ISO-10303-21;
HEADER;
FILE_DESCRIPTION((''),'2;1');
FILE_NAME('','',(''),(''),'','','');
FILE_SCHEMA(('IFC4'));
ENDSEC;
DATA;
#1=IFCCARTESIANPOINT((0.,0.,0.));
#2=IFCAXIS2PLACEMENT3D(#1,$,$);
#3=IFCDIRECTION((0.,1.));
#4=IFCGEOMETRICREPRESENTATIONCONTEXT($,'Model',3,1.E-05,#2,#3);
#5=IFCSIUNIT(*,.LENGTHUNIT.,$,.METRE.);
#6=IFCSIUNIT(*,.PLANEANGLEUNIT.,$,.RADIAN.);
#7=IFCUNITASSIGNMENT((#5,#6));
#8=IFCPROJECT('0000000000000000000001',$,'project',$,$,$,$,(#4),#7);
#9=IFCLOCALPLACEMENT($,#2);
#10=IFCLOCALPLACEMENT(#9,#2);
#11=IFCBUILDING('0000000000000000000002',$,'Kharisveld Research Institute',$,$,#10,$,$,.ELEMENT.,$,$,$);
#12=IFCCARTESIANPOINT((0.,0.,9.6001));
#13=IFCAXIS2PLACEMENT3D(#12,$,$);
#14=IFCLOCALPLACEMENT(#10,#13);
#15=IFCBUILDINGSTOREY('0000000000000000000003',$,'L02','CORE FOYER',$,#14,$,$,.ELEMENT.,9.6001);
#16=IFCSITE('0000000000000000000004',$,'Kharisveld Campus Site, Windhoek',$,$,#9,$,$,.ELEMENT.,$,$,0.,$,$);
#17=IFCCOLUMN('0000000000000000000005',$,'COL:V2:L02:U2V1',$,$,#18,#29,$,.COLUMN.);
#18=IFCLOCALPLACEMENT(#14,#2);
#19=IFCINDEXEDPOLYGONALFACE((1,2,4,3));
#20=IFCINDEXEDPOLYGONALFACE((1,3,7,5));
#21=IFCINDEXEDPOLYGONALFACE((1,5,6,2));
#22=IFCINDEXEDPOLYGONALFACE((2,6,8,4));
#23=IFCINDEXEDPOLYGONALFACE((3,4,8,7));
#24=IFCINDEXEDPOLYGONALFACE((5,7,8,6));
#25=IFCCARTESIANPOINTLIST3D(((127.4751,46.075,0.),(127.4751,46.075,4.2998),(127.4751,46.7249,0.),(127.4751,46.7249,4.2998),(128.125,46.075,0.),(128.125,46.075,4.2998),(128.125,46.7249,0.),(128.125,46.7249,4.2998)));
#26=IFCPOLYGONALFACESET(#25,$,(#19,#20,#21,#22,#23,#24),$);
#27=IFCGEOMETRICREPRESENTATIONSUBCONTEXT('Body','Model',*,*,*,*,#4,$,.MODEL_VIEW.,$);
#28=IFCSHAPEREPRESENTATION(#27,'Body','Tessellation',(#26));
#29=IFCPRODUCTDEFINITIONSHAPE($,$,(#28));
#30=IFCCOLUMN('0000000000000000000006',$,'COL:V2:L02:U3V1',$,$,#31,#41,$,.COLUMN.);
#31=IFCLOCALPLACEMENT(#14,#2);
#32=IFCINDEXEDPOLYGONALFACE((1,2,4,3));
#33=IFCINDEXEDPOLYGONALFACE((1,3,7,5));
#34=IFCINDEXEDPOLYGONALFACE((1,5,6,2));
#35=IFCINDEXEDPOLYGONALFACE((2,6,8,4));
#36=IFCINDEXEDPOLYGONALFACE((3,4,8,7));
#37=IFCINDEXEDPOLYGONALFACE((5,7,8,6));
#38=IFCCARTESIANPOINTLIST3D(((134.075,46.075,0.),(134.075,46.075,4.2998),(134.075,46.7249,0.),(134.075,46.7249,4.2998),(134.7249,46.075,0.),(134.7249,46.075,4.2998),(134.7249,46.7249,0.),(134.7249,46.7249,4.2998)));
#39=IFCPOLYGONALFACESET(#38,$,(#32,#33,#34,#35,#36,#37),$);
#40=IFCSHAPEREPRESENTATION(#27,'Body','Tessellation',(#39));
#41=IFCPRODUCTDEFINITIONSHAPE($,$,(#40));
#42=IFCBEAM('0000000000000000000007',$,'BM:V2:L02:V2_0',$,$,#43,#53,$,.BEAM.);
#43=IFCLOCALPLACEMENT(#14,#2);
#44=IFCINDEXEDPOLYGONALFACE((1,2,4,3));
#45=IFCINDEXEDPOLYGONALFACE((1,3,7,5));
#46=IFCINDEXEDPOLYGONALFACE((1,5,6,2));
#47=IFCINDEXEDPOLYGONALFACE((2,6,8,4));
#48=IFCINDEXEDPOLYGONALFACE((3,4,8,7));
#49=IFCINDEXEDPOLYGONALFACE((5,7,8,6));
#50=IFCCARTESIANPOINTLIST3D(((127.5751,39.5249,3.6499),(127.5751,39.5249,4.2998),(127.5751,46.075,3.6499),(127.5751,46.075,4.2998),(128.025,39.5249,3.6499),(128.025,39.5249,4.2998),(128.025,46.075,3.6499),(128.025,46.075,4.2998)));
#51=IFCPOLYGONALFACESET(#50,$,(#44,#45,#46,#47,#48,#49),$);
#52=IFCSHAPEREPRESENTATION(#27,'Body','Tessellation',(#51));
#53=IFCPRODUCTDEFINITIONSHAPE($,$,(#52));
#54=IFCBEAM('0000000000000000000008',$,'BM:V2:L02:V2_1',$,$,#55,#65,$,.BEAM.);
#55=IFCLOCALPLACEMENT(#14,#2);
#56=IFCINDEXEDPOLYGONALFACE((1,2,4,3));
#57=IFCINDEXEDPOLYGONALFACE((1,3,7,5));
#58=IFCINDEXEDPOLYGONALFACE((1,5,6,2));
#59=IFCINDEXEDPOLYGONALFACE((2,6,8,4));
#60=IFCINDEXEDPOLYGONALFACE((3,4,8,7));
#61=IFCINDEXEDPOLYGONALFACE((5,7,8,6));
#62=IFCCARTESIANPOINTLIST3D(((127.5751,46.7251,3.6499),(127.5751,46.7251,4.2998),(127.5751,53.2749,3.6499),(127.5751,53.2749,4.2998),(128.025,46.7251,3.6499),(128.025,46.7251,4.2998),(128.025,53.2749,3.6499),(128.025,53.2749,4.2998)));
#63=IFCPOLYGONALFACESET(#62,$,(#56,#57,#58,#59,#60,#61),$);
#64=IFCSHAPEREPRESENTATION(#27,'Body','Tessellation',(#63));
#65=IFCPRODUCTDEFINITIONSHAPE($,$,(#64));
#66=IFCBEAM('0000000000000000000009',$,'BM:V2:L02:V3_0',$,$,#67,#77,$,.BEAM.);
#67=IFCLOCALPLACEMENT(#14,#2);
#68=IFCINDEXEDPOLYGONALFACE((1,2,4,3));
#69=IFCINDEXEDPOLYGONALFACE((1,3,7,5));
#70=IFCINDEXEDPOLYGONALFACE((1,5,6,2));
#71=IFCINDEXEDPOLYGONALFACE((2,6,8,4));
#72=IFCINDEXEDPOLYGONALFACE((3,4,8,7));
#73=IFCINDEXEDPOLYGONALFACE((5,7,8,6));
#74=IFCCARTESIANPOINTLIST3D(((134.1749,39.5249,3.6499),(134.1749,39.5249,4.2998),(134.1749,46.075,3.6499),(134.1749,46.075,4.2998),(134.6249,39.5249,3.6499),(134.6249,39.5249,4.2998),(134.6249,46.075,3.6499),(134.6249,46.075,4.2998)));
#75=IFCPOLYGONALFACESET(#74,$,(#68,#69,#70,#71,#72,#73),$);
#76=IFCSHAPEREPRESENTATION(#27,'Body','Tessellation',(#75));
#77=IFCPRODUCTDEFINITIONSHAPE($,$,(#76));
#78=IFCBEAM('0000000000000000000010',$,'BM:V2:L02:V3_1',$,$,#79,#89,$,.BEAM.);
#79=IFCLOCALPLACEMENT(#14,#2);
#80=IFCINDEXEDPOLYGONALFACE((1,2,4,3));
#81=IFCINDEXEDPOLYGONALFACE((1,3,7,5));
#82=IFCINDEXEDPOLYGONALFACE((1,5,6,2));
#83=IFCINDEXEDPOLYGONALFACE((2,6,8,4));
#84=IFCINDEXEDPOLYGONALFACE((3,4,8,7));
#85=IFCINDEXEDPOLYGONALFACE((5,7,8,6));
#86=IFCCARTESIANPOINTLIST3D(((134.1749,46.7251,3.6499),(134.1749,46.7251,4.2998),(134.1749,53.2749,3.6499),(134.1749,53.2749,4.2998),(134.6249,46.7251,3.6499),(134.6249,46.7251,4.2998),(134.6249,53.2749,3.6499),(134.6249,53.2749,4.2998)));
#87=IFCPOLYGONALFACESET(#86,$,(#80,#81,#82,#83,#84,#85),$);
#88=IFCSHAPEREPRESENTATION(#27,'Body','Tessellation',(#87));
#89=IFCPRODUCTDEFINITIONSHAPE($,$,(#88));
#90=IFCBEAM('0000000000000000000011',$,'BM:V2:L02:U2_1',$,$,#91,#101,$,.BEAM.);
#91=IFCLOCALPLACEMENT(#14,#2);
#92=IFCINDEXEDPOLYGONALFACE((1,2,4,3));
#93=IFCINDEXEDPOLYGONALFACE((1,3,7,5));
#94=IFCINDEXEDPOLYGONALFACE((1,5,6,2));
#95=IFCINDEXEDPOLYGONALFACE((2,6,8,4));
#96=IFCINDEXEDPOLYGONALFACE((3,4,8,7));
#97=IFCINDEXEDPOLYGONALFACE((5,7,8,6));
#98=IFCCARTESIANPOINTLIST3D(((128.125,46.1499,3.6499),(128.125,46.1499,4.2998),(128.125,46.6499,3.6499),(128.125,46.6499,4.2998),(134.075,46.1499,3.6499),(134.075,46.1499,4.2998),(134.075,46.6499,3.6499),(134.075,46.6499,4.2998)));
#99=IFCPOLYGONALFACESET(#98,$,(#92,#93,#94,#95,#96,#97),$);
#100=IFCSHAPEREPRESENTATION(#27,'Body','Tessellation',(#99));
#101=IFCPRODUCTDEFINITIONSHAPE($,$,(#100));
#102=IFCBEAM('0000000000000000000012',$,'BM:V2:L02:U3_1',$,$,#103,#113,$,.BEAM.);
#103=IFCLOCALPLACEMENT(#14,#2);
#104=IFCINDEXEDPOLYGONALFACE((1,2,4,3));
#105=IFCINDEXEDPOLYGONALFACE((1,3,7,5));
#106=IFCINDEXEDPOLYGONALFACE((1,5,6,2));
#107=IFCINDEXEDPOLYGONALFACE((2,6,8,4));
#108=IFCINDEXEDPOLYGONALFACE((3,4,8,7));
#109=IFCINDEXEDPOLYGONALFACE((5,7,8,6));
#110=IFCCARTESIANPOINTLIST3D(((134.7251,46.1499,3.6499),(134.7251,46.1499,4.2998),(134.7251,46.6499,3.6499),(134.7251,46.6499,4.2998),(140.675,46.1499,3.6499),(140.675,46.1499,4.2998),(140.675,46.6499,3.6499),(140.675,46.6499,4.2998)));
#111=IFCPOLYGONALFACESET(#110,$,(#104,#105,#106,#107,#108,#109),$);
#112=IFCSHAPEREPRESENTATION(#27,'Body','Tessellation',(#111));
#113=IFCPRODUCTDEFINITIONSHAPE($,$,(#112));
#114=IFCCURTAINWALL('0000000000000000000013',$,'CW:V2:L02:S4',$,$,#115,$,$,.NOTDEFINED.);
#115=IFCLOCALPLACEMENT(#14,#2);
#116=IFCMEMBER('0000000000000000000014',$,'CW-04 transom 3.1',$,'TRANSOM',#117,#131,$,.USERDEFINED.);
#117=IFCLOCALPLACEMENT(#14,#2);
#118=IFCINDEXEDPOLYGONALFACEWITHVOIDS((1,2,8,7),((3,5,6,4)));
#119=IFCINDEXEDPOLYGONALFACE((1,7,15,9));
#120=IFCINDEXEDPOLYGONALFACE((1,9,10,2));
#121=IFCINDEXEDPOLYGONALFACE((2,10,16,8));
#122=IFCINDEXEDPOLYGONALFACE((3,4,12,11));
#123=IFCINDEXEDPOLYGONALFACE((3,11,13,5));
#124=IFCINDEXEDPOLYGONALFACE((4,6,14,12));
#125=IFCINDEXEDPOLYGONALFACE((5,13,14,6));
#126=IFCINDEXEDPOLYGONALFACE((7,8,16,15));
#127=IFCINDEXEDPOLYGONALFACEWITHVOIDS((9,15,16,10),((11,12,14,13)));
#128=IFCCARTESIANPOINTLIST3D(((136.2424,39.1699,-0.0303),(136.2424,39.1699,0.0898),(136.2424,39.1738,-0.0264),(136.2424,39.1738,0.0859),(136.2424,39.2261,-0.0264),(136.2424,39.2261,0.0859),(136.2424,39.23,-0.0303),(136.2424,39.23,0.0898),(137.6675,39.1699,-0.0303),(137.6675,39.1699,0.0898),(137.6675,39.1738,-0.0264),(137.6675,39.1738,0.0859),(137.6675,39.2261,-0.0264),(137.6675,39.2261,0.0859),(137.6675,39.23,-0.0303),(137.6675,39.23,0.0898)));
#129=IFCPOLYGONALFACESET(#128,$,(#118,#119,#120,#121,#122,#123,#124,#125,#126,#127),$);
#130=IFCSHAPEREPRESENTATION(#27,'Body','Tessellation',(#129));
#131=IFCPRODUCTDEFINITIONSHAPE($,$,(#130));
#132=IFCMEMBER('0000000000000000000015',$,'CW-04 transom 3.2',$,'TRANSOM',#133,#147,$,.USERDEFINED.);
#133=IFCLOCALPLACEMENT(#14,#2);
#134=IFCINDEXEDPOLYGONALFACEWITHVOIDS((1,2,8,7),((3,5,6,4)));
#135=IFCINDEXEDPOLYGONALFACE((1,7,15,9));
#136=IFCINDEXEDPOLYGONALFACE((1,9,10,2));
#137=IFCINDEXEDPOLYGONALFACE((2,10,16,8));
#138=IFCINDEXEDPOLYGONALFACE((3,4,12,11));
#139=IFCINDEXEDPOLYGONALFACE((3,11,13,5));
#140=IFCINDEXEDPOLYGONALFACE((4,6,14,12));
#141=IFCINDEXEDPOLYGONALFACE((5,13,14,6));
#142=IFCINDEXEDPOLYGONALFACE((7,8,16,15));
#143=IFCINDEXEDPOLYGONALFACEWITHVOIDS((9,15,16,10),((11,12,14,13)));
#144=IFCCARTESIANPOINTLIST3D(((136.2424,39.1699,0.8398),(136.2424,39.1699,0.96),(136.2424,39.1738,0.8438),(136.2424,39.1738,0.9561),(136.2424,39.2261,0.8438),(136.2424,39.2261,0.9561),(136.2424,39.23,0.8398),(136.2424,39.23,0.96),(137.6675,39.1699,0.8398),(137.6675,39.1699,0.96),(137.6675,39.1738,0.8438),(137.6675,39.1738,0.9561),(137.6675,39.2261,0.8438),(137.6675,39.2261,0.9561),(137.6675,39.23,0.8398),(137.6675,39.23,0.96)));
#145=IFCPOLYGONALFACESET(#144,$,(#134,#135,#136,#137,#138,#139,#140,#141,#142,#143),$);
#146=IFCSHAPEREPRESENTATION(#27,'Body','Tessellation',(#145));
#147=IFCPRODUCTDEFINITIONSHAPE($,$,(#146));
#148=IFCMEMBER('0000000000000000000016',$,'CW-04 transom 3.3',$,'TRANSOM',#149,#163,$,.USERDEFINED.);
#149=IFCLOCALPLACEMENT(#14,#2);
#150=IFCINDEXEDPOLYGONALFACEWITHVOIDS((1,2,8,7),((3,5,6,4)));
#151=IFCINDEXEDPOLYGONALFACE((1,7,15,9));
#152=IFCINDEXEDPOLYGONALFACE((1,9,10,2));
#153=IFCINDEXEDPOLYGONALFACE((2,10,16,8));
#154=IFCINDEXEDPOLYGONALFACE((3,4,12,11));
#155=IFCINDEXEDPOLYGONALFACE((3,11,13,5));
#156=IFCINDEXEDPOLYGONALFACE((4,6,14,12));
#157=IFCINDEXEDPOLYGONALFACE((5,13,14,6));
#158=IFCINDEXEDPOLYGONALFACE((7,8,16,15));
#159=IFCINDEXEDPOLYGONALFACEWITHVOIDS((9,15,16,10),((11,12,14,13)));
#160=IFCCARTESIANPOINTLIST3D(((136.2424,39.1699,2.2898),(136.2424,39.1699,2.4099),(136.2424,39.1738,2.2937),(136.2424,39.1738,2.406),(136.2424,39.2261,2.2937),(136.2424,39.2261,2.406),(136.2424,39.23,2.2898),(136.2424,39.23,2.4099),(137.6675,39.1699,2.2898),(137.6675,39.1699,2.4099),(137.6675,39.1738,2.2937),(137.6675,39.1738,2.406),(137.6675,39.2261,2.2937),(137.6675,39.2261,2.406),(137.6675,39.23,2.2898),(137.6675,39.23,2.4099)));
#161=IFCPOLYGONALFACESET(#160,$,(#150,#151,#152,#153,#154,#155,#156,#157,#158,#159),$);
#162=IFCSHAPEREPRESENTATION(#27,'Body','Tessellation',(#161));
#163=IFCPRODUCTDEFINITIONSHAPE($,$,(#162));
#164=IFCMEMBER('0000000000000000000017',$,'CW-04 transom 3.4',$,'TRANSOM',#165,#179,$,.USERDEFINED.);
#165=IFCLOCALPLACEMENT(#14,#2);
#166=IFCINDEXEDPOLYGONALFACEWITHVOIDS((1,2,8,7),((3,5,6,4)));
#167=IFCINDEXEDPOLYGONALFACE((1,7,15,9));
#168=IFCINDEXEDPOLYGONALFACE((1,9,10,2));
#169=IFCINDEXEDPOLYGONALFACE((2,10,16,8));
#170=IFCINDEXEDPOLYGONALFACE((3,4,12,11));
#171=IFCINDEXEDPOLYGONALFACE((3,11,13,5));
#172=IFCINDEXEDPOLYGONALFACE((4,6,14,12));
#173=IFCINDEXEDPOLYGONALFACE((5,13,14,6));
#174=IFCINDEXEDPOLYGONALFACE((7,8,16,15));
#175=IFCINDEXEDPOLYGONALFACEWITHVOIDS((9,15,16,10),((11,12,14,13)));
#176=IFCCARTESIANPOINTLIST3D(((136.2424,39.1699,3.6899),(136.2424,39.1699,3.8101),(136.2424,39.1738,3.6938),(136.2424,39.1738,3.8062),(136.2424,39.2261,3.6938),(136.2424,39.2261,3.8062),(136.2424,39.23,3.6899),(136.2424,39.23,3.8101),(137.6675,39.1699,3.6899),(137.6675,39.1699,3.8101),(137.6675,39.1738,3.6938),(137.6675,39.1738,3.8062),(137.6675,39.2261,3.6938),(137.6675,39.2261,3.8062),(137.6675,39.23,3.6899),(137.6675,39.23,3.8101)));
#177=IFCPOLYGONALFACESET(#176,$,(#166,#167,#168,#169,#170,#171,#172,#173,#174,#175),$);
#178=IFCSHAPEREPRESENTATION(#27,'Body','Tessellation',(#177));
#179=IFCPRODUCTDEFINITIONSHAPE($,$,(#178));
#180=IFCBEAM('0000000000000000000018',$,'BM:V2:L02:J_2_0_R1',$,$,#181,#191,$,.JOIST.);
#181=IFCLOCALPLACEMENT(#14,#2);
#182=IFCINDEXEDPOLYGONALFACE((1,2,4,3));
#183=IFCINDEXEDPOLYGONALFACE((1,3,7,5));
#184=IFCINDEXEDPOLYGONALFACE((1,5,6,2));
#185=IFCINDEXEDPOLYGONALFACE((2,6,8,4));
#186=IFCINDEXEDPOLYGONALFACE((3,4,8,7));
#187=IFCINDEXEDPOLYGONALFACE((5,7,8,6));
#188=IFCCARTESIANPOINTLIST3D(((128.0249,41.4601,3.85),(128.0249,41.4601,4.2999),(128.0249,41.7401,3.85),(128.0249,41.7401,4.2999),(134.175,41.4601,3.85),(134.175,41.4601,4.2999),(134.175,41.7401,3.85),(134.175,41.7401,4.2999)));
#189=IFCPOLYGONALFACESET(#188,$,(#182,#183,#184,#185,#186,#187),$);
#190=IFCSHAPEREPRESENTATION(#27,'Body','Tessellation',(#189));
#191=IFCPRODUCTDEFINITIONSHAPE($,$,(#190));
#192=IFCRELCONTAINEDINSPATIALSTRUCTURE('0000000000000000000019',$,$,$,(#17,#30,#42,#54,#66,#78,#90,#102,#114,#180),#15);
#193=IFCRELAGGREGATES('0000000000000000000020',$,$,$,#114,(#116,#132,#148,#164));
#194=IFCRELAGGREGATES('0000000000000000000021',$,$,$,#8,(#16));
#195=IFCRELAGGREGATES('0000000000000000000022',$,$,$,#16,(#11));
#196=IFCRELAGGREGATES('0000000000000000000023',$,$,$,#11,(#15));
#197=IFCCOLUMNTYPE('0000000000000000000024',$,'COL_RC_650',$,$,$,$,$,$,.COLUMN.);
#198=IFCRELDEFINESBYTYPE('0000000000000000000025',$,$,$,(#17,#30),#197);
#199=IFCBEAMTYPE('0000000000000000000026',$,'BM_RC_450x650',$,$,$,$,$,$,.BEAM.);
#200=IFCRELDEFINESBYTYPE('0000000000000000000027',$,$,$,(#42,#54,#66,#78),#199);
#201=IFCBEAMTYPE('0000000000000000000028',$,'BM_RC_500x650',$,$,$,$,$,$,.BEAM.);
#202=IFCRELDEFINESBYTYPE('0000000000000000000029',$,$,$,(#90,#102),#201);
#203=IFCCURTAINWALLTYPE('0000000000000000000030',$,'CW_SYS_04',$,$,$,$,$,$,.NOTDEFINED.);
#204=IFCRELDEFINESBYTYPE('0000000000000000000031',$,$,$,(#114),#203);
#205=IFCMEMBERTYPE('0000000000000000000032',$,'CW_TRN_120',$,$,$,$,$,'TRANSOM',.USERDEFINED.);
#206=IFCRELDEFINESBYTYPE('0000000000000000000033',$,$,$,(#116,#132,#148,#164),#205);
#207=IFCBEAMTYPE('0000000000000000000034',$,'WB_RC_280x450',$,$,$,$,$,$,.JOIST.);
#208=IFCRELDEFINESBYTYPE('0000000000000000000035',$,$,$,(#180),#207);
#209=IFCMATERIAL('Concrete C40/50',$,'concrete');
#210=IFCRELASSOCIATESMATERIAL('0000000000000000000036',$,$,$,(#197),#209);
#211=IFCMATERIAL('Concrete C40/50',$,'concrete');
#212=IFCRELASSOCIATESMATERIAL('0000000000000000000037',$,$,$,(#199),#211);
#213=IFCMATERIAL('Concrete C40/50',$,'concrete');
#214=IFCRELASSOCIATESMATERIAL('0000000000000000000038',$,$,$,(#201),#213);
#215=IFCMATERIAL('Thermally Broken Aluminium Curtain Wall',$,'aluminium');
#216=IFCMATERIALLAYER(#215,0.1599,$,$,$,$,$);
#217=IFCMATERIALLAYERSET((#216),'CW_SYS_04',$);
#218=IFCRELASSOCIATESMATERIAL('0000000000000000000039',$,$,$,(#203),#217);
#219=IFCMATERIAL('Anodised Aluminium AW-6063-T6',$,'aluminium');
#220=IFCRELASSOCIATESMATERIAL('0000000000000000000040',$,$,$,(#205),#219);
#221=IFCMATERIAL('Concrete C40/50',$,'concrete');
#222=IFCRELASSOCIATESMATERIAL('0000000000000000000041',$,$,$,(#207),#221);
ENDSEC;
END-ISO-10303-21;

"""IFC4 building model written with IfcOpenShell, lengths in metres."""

from ifc_helpers import new_model, si_unit, direction, frame, origin, origin_2d, place, context, subcontext, project, spatial, rectangle, hollow_rectangle, extrude, material, layer, layer_set, material_profile, profile_set, type_object, element, aggregate, save


model = new_model("IFC4")

# Units and contexts
model_context = context("Model", 3, precision=1e-05, world=origin(), true_north=direction((0.0, 1.0)))
body_context = subcontext(model_context, "Body", "Model", "MODEL_VIEW")
ifc_project = project(units=[si_unit("LENGTHUNIT", "METRE"), si_unit("PLANEANGLEUNIT", "RADIAN")], contexts=[model_context])

# Site, building, storey
site_placement = place(None, origin())
site = spatial("IfcSite", under=ifc_project, at=site_placement, Name="Kharisveld Campus Site, Windhoek", CompositionType="ELEMENT", RefElevation=0.0)
building_placement = place(site_placement, origin())
building = spatial("IfcBuilding", under=site, at=building_placement, Name="Kharisveld Research Institute", CompositionType="ELEMENT")
storey_placement = place(building_placement, frame((0.0, 0.0, 9.6001)))
storey = spatial("IfcBuildingStorey", under=building, at=storey_placement, Name="L02", Description="CORE FOYER", CompositionType="ELEMENT", Elevation=9.6001)

# Columns
ifc_material_1 = material(Name="Concrete C40/50", Category="concrete")
ifc_material_profile_1 = material_profile(ifc_material_1, rectangle(XDim=0.6499, YDim=0.6499, at=origin_2d()))
ifc_profile_set_1 = profile_set([ifc_material_profile_1], Name="Concrete C40/50")
column_type = type_object("IfcColumnType", Name="COL_RC_650", PredefinedType="COLUMN", material=ifc_profile_set_1)
for number, where, z_axis, x_axis, name in (
    (1, (127.8, 46.3999, 0.0), (0.0, 0.0, 1.0), (1.0, 0.0, 0.0), "COL:V2:L02:U2V1"),
    (2, (134.3999, 46.3999, 0.0), (0.0, 0.0, 1.0), (1.0, 0.0, 0.0), "COL:V2:L02:U3V1"),
):
    element("IfcColumn", number, at=place(storey_placement, frame(where, z_axis=z_axis, x_axis=x_axis)), inside=storey, type_object=column_type, Name=name, PredefinedType="COLUMN", context=body_context, shape_type="SweptSolid", body=[
        extrude(rectangle(XDim=0.6499, YDim=0.6499, at=origin_2d()), origin(), (0.0, 0.0, 1.0), 4.2998),
    ])

# Beams
ifc_material_2 = material(Name="Concrete C40/50", Category="concrete")
ifc_material_profile_2 = material_profile(ifc_material_2, rectangle(XDim=0.45, YDim=0.6499, at=origin_2d()))
ifc_profile_set_2 = profile_set([ifc_material_profile_2], Name="Concrete C40/50")
beam_type_1 = type_object("IfcBeamType", Name="BM_RC_450x650", PredefinedType="BEAM", material=ifc_profile_set_2)
beam_1_placement = place(storey_placement, frame((127.8, 39.5249, 3.9749), z_axis=(0.0, 1.0, 0.0), x_axis=(-1.0, 0.0, 0.0)))
element("IfcBeam", 3, at=beam_1_placement, inside=storey, type_object=beam_type_1, Name="BM:V2:L02:V2_0", PredefinedType="BEAM", context=body_context, shape_type="SweptSolid", body=[
    extrude(rectangle(XDim=0.45, YDim=0.6499, at=origin_2d()), origin(), (0.0, 0.0, 1.0), 6.55),
])
beam_2_placement = place(storey_placement, frame((127.8, 46.7251, 3.9749), z_axis=(0.0, 1.0, 0.0), x_axis=(-1.0, 0.0, 0.0)))
element("IfcBeam", 4, at=beam_2_placement, inside=storey, type_object=beam_type_1, Name="BM:V2:L02:V2_1", PredefinedType="BEAM", context=body_context, shape_type="SweptSolid", body=[
    extrude(rectangle(XDim=0.45, YDim=0.6499, at=origin_2d()), origin(), (0.0, 0.0, 1.0), 6.5498),
])
beam_3_placement = place(storey_placement, frame((134.3999, 39.5249, 3.9749), z_axis=(0.0, 1.0, 0.0), x_axis=(-1.0, 0.0, 0.0)))
element("IfcBeam", 5, at=beam_3_placement, inside=storey, type_object=beam_type_1, Name="BM:V2:L02:V3_0", PredefinedType="BEAM", context=body_context, shape_type="SweptSolid", body=[
    extrude(rectangle(XDim=0.45, YDim=0.6499, at=origin_2d()), origin(), (0.0, 0.0, 1.0), 6.55),
])
beam_4_placement = place(storey_placement, frame((134.3999, 46.7251, 3.9749), z_axis=(0.0, 1.0, 0.0), x_axis=(-1.0, 0.0, 0.0)))
element("IfcBeam", 6, at=beam_4_placement, inside=storey, type_object=beam_type_1, Name="BM:V2:L02:V3_1", PredefinedType="BEAM", context=body_context, shape_type="SweptSolid", body=[
    extrude(rectangle(XDim=0.45, YDim=0.6499, at=origin_2d()), origin(), (0.0, 0.0, 1.0), 6.5498),
])
ifc_material_3 = material(Name="Concrete C40/50", Category="concrete")
ifc_material_profile_3 = material_profile(ifc_material_3, rectangle(XDim=0.5, YDim=0.6499, at=origin_2d()))
ifc_profile_set_3 = profile_set([ifc_material_profile_3], Name="Concrete C40/50")
beam_type_2 = type_object("IfcBeamType", Name="BM_RC_500x650", PredefinedType="BEAM", material=ifc_profile_set_3)
for number, where, z_axis, x_axis, name in (
    (7, (128.125, 46.3999, 3.9749), (1.0, 0.0, 0.0), (0.0, 1.0, 0.0), "BM:V2:L02:U2_1"),
    (8, (134.7251, 46.3999, 3.9749), (1.0, 0.0, 0.0), (0.0, 1.0, 0.0), "BM:V2:L02:U3_1"),
):
    element("IfcBeam", number, at=place(storey_placement, frame(where, z_axis=z_axis, x_axis=x_axis)), inside=storey, type_object=beam_type_2, Name=name, PredefinedType="BEAM", context=body_context, shape_type="SweptSolid", body=[
        extrude(rectangle(XDim=0.5, YDim=0.6499, at=origin_2d()), origin(), (0.0, 0.0, 1.0), 5.95),
    ])

# Curtain wall, members
ifc_material_4 = material(Name="Thermally Broken Aluminium Curtain Wall", Category="aluminium")
ifc_layer_1 = layer(ifc_material_4, 0.1599)
ifc_layer_set_1 = layer_set([ifc_layer_1], Name="CW_SYS_04")
curtain_wall_type = type_object("IfcCurtainWallType", Name="CW_SYS_04", PredefinedType="NOTDEFINED", material=ifc_layer_set_1)
curtain_wall_placement = place(storey_placement, origin())
curtain_wall = element("IfcCurtainWall", 9, at=curtain_wall_placement, inside=storey, type_object=curtain_wall_type, Name="CW:V2:L02:S4", PredefinedType="NOTDEFINED")
ifc_material_5 = material(Name="Anodised Aluminium AW-6063-T6", Category="aluminium")
ifc_material_profile_4 = material_profile(ifc_material_5, hollow_rectangle(XDim=0.0601, YDim=0.1201, WallThickness=0.0039, at=origin_2d()))
ifc_profile_set_4 = profile_set([ifc_material_profile_4], Name="Anodised Aluminium AW-6063-T6")
member_type = type_object("IfcMemberType", Name="CW_TRN_120", ElementType="TRANSOM", PredefinedType="USERDEFINED", material=ifc_profile_set_4)
member_1_placement = place(storey_placement, frame((137.6675, 39.2, 0.0298), z_axis=(-1.0, 0.0, 0.0), x_axis=(0.0, -1.0, 0.0)))
member_1 = element("IfcMember", 10, at=member_1_placement, type_object=member_type, Name="CW-04 transom 3.1", ObjectType="TRANSOM", PredefinedType="USERDEFINED", context=body_context, shape_type="SweptSolid", body=[
    extrude(hollow_rectangle(XDim=0.0601, YDim=0.1201, WallThickness=0.0039, at=origin_2d()), origin(), (0.0, 0.0, 1.0), 1.425),
])
member_2_placement = place(storey_placement, frame((137.6675, 39.2, 0.8999), z_axis=(-1.0, 0.0, 0.0), x_axis=(0.0, -1.0, 0.0)))
member_2 = element("IfcMember", 11, at=member_2_placement, type_object=member_type, Name="CW-04 transom 3.2", ObjectType="TRANSOM", PredefinedType="USERDEFINED", context=body_context, shape_type="SweptSolid", body=[
    extrude(hollow_rectangle(XDim=0.0601, YDim=0.1201, WallThickness=0.0039, at=origin_2d()), origin(), (0.0, 0.0, 1.0), 1.425),
])
member_3_placement = place(storey_placement, frame((137.6675, 39.2, 2.3499), z_axis=(-1.0, 0.0, 0.0), x_axis=(0.0, -1.0, 0.0)))
member_3 = element("IfcMember", 12, at=member_3_placement, type_object=member_type, Name="CW-04 transom 3.3", ObjectType="TRANSOM", PredefinedType="USERDEFINED", context=body_context, shape_type="SweptSolid", body=[
    extrude(hollow_rectangle(XDim=0.0601, YDim=0.1201, WallThickness=0.0039, at=origin_2d()), origin(), (0.0, 0.0, 1.0), 1.425),
])
member_4_placement = place(storey_placement, frame((137.6675, 39.2, 3.75), z_axis=(-1.0, 0.0, 0.0), x_axis=(0.0, -1.0, 0.0)))
member_4 = element("IfcMember", 13, at=member_4_placement, type_object=member_type, Name="CW-04 transom 3.4", ObjectType="TRANSOM", PredefinedType="USERDEFINED", context=body_context, shape_type="SweptSolid", body=[
    extrude(hollow_rectangle(XDim=0.0601, YDim=0.1201, WallThickness=0.0039, at=origin_2d()), origin(), (0.0, 0.0, 1.0), 1.425),
])

# Beam
ifc_material_6 = material(Name="Concrete C40/50", Category="concrete")
ifc_material_profile_5 = material_profile(ifc_material_6, rectangle(XDim=0.28, YDim=0.45, at=origin_2d()))
ifc_profile_set_5 = profile_set([ifc_material_profile_5], Name="Concrete C40/50")
beam_type_3 = type_object("IfcBeamType", Name="WB_RC_280x450", PredefinedType="JOIST", material=ifc_profile_set_5)
for number, where, z_axis, x_axis, name in (
    (14, (128.0249, 41.6001, 4.075), (1.0, 0.0, 0.0), (0.0, 1.0, 0.0), "BM:V2:L02:J_2_0_R1"),
):
    element("IfcBeam", number, at=place(storey_placement, frame(where, z_axis=z_axis, x_axis=x_axis)), inside=storey, type_object=beam_type_3, Name=name, PredefinedType="JOIST", context=body_context, shape_type="SweptSolid", body=[
        extrude(rectangle(XDim=0.28, YDim=0.45, at=origin_2d()), origin(), (0.0, 0.0, 1.0), 6.1501),
    ])

aggregate(curtain_wall, [member_1, member_2, member_3, member_4])

save(model, "model.ifc")
